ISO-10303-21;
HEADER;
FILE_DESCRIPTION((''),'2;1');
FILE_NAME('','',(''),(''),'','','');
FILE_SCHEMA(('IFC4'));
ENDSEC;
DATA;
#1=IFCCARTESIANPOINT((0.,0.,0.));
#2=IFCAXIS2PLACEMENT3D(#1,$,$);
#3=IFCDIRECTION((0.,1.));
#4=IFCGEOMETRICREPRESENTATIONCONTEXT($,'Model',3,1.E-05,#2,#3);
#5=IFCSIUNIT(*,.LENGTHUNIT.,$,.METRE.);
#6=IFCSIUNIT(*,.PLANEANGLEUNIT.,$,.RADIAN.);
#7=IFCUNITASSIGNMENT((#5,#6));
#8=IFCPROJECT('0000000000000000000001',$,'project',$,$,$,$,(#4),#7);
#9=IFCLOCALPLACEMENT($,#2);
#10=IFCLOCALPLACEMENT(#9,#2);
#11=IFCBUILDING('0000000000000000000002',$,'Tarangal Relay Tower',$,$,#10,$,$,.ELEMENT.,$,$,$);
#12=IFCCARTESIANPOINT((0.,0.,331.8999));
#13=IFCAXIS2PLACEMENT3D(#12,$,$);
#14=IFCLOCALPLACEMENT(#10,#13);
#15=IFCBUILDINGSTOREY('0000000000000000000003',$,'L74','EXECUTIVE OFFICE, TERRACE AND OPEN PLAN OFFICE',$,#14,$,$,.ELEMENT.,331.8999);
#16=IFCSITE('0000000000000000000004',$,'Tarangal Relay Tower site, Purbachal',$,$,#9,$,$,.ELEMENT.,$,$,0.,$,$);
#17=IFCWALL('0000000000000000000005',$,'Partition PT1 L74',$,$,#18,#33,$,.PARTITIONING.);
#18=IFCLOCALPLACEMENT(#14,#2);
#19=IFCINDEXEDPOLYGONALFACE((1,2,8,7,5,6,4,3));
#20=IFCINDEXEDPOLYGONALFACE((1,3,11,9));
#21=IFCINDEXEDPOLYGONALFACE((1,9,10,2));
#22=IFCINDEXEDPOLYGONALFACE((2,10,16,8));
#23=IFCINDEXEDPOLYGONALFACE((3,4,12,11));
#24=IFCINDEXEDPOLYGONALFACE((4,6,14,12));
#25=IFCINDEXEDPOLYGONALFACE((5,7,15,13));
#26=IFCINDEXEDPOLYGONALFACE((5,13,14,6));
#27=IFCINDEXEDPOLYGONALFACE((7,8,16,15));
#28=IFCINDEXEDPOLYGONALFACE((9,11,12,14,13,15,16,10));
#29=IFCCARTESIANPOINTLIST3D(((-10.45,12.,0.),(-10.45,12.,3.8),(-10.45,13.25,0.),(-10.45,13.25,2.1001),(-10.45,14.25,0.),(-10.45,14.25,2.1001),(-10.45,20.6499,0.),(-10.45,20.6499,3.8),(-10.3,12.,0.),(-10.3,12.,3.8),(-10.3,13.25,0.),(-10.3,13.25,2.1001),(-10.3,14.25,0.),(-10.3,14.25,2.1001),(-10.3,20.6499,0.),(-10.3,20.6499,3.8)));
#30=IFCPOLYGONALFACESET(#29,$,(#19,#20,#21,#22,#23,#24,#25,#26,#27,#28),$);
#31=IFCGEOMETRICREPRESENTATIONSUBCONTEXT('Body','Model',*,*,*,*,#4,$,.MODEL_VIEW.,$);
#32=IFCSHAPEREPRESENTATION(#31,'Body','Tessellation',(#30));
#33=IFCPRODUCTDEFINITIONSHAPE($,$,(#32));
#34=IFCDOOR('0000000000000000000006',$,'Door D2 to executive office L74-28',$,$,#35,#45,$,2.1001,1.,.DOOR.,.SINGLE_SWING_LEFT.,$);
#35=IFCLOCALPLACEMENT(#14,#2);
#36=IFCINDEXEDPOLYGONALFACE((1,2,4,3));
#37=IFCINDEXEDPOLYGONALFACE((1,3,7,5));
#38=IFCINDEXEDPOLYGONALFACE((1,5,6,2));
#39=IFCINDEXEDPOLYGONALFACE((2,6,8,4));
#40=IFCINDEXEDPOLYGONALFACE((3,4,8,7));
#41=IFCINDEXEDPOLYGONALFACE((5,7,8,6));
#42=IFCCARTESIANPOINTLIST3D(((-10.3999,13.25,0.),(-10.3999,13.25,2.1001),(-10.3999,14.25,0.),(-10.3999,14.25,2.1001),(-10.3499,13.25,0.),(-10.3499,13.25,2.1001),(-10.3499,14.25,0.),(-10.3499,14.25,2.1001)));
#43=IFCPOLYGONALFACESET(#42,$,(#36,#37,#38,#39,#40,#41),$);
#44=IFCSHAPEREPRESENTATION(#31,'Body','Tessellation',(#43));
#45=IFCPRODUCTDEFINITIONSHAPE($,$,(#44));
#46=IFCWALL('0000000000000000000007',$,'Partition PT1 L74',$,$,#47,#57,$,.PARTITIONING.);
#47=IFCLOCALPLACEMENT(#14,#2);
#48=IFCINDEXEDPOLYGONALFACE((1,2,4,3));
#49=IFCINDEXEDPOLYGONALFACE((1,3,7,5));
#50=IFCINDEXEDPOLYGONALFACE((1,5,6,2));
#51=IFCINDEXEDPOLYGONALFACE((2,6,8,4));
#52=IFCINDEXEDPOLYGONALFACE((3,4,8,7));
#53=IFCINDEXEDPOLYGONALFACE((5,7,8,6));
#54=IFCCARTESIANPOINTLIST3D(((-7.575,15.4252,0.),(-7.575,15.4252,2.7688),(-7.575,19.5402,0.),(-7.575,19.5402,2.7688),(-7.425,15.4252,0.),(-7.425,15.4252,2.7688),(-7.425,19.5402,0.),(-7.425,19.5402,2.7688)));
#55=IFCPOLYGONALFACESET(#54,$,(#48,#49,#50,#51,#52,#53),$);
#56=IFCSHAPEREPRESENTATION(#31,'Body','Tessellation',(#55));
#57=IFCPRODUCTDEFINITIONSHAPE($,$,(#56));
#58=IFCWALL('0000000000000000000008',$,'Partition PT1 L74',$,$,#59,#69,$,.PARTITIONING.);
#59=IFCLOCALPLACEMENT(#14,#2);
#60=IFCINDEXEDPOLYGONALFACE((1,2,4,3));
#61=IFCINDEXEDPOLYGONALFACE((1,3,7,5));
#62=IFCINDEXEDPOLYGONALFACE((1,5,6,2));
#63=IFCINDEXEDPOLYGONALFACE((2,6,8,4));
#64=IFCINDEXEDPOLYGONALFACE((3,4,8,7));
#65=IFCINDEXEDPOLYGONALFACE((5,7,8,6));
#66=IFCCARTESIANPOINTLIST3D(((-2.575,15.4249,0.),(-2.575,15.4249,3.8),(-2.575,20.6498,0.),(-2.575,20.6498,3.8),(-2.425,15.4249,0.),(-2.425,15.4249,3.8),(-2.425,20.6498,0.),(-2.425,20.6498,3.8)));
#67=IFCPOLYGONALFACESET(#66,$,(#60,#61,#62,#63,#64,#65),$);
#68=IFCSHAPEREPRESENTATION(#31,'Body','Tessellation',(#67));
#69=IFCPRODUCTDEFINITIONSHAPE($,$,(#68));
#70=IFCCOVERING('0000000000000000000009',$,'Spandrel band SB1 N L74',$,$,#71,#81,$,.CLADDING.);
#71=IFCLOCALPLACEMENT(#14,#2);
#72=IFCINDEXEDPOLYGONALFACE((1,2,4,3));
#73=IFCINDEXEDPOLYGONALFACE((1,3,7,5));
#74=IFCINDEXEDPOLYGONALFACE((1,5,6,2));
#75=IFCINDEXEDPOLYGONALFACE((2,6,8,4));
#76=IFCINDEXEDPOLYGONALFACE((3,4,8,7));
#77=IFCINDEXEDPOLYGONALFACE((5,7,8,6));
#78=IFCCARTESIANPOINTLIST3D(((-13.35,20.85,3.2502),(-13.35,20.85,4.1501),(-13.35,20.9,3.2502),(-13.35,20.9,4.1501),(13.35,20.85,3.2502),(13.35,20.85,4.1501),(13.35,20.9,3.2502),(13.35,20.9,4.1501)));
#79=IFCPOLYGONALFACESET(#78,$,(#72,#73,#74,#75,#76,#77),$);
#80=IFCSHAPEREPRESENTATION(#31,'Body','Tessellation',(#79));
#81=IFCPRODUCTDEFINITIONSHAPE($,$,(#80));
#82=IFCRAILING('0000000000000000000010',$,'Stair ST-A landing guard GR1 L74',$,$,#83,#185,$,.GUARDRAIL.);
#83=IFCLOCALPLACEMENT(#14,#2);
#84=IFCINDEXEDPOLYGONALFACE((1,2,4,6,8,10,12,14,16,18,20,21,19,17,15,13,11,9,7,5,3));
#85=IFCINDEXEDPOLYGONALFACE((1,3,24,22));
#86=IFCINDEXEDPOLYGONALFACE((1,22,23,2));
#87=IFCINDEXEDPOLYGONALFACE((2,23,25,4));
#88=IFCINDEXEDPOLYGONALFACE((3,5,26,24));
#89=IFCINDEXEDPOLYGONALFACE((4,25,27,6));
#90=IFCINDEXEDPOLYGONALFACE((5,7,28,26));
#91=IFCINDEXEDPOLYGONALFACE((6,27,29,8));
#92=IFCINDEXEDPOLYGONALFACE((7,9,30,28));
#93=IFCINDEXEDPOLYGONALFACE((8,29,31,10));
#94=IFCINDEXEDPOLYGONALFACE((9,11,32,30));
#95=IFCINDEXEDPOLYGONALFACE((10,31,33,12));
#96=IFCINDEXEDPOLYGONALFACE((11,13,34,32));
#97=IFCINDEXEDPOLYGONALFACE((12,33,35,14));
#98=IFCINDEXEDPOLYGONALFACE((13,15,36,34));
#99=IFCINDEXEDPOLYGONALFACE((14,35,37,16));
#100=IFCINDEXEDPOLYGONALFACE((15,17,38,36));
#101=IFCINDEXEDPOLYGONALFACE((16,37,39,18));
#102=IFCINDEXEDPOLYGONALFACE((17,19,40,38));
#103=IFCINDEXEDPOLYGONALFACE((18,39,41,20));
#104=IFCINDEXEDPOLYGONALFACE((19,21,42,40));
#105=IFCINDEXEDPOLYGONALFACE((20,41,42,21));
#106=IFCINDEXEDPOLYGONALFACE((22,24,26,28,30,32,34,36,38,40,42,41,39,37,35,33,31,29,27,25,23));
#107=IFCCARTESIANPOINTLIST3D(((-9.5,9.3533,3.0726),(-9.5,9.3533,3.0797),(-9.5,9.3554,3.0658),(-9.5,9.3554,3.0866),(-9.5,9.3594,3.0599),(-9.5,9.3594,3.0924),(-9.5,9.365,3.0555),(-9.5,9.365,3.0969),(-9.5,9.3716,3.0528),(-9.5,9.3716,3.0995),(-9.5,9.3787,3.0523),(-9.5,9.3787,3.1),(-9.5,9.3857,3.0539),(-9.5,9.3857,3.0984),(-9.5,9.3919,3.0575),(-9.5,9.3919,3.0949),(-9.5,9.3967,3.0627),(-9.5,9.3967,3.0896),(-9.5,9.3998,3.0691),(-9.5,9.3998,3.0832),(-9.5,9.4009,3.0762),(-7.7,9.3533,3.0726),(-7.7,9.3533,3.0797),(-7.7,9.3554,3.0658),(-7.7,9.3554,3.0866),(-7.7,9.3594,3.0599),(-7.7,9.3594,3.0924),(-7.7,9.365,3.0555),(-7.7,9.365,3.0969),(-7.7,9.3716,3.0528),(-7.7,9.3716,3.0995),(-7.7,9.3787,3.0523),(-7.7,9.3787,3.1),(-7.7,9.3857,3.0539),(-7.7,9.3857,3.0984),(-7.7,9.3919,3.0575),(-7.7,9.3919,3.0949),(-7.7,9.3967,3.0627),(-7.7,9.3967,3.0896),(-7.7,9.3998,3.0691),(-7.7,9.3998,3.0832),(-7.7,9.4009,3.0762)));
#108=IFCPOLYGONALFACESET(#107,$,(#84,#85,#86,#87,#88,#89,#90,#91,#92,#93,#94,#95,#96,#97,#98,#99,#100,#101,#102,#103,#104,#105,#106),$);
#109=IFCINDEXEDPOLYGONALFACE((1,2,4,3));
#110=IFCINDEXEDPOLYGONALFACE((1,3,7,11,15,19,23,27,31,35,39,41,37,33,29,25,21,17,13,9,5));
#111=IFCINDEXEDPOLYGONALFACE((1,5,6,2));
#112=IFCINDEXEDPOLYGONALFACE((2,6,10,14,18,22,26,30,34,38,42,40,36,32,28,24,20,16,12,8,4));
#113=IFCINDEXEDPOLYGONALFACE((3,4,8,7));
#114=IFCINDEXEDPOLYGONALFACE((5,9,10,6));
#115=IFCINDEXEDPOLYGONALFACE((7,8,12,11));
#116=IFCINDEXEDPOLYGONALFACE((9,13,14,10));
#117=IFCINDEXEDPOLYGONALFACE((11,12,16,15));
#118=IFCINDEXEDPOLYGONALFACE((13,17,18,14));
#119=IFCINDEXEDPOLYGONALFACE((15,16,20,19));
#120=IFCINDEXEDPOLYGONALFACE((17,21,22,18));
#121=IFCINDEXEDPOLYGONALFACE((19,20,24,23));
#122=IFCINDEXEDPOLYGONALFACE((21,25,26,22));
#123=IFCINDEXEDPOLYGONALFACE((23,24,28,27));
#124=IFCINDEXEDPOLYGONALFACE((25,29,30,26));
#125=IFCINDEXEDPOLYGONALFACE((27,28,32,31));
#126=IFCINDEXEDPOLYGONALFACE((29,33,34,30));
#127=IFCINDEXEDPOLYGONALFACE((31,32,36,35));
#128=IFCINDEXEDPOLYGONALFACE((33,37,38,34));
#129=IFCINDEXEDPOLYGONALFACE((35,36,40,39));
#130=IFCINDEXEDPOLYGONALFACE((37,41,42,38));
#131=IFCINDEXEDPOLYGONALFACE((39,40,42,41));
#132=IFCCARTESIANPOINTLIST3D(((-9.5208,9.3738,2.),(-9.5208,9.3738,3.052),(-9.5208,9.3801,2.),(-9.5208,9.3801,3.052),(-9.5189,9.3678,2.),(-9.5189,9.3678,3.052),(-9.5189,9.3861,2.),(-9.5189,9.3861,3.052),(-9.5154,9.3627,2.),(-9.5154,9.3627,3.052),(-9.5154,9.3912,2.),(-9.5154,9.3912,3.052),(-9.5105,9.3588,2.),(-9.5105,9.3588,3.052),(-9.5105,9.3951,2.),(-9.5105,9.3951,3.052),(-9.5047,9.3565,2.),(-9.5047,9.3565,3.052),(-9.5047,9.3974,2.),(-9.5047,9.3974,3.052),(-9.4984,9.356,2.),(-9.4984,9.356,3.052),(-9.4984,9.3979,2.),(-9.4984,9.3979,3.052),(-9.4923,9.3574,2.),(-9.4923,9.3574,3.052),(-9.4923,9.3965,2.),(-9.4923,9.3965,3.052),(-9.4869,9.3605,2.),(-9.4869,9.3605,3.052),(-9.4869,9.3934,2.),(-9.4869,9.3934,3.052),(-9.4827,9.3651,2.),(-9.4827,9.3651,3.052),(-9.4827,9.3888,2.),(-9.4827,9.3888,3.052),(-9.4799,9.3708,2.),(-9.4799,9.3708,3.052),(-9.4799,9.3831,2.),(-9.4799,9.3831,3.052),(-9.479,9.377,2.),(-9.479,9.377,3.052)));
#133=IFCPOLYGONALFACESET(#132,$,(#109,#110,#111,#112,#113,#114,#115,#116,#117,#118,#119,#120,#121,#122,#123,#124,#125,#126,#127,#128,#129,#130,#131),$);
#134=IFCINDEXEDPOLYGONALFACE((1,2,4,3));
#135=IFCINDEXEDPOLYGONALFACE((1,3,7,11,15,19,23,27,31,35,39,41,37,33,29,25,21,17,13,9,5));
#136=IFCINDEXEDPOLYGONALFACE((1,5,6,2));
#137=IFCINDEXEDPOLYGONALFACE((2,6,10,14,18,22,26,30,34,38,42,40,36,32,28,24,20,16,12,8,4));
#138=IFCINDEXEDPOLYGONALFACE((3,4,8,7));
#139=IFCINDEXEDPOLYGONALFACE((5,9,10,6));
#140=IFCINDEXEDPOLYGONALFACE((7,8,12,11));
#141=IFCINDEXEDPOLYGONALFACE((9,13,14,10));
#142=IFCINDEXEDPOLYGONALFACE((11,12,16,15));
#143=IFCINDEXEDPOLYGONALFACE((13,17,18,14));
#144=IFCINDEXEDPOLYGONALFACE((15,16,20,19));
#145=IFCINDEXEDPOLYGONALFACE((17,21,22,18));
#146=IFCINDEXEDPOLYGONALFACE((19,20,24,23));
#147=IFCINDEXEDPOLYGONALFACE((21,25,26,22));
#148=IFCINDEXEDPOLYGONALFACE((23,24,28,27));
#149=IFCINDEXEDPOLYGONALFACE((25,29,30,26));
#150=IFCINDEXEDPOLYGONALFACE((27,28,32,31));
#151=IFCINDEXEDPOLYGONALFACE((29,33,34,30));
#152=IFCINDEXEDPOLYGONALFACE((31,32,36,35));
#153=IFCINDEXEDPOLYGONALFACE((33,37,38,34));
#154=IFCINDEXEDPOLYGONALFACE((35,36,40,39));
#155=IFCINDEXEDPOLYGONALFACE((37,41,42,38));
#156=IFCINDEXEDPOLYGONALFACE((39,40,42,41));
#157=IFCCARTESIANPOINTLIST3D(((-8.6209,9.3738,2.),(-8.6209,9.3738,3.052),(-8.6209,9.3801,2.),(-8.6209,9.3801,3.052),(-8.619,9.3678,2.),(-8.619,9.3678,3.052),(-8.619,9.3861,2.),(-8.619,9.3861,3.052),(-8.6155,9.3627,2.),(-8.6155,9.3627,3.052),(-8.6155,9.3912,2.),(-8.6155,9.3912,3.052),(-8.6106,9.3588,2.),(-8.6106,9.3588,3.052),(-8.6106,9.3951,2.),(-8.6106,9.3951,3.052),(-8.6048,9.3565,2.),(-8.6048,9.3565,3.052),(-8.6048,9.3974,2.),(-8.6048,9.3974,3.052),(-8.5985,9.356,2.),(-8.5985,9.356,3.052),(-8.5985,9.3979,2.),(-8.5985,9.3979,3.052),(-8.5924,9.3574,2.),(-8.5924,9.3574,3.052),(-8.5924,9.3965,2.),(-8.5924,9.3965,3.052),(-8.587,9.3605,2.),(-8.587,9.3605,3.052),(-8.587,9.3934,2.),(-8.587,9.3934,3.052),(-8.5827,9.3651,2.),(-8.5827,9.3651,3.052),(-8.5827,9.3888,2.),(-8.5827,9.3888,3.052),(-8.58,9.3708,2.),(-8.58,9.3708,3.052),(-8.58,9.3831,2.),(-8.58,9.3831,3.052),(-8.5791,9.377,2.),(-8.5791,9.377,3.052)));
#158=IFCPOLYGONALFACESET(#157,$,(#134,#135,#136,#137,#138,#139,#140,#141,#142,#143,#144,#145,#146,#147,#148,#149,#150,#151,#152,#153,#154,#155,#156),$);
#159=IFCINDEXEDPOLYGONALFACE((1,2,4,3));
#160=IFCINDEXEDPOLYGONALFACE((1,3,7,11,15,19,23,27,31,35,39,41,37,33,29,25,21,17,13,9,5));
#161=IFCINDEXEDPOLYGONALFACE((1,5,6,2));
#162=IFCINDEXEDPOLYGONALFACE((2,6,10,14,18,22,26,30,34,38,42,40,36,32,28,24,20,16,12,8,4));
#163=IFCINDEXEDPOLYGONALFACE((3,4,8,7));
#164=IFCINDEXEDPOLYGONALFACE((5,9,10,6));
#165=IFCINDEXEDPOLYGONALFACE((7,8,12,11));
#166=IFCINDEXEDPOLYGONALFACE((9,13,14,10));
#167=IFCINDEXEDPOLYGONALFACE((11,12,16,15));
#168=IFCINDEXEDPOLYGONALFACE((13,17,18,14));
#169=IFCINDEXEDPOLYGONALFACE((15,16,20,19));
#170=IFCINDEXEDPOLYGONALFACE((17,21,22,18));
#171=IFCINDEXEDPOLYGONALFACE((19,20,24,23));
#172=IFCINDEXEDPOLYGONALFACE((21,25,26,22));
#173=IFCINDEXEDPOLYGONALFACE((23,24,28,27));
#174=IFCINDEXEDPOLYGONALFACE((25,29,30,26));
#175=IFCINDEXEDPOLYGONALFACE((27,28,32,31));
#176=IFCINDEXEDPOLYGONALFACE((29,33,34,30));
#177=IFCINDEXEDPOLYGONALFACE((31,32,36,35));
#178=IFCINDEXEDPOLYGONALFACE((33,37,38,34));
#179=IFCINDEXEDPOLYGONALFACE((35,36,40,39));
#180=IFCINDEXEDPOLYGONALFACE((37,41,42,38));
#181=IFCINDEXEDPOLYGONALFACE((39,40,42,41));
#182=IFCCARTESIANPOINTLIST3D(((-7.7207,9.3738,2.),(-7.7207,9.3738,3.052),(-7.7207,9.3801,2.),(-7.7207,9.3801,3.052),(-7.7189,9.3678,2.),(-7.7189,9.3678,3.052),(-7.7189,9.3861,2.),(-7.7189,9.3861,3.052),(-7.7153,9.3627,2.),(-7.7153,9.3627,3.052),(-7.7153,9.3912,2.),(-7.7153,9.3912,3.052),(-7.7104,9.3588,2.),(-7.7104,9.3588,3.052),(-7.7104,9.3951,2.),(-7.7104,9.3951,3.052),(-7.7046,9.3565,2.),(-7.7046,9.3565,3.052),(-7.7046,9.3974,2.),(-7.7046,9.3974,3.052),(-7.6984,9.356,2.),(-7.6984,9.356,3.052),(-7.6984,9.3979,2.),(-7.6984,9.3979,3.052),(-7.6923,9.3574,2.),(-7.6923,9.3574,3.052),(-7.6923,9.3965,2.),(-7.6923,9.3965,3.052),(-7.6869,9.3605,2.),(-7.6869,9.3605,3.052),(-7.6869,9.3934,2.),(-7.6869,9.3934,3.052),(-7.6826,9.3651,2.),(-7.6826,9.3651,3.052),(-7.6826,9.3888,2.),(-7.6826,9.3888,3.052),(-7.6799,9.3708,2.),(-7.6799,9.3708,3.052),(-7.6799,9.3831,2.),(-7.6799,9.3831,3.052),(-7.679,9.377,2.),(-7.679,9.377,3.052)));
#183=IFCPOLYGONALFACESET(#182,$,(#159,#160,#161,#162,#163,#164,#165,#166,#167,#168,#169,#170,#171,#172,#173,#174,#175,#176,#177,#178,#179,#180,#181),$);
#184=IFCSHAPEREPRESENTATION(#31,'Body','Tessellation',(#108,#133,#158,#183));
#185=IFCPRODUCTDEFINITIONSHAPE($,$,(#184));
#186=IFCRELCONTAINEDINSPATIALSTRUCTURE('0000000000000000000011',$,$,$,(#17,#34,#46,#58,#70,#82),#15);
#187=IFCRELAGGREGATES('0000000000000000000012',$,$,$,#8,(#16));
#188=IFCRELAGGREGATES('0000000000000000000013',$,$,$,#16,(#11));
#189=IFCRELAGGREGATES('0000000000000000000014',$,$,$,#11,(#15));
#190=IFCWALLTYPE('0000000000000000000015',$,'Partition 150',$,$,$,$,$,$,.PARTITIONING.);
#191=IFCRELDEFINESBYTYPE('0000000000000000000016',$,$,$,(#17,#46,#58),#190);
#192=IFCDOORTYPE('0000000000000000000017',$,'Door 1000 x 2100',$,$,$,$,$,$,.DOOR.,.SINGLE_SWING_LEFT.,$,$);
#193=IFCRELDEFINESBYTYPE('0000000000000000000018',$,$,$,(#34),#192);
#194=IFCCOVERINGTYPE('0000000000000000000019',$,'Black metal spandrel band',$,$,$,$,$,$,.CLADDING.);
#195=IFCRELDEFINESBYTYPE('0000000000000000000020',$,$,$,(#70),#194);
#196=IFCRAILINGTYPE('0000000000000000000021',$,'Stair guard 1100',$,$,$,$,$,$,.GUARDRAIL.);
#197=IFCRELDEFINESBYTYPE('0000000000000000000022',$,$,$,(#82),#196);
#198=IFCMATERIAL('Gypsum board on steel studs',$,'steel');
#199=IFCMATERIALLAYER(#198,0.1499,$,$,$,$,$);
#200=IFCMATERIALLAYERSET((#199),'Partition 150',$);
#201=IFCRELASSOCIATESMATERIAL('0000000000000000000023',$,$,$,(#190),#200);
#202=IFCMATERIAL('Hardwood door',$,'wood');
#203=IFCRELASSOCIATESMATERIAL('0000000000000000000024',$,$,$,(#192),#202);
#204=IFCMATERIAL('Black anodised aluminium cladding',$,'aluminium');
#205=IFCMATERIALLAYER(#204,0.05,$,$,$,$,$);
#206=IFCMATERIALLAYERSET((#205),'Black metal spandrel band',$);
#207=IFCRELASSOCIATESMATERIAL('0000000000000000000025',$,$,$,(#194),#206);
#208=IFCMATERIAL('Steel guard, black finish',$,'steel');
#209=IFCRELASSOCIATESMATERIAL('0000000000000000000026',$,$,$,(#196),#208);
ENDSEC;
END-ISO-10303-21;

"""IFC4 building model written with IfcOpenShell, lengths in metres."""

from ifc_helpers import new_model, si_unit, direction, frame, frame_2d, origin, origin_2d, place, context, subcontext, project, spatial, rectangle, circle, extrude, material, layer, layer_set, type_object, element, fill, save


model = new_model("IFC4")

# Units and contexts
model_context = context("Model", 3, precision=1e-05, world=origin(), true_north=direction((0.0, 1.0)))
body_context = subcontext(model_context, "Body", "Model", "MODEL_VIEW")
ifc_project = project(units=[si_unit("LENGTHUNIT", "METRE"), si_unit("PLANEANGLEUNIT", "RADIAN")], contexts=[model_context])

# Site, building, storey
site_placement = place(None, origin())
site = spatial("IfcSite", under=ifc_project, at=site_placement, Name="Tarangal Relay Tower site, Purbachal", CompositionType="ELEMENT", RefElevation=0.0)
building_placement = place(site_placement, origin())
building = spatial("IfcBuilding", under=site, at=building_placement, Name="Tarangal Relay Tower", CompositionType="ELEMENT")
storey_placement = place(building_placement, frame((0.0, 0.0, 331.8999)))
storey = spatial("IfcBuildingStorey", under=building, at=storey_placement, Name="L74", Description="EXECUTIVE OFFICE, TERRACE AND OPEN PLAN OFFICE", CompositionType="ELEMENT", Elevation=331.8999)

# Wall, opening, door
ifc_material_1 = material(Name="Gypsum board on steel studs", Category="steel")
ifc_layer_1 = layer(ifc_material_1, 0.1499)
ifc_layer_set_1 = layer_set([ifc_layer_1], Name="Partition 150")
wall_type_1 = type_object("IfcWallType", Name="Partition 150", PredefinedType="PARTITIONING", material=ifc_layer_set_1)
wall_1_placement = place(storey_placement, frame((-10.375, 12.0, 0.0), z_axis=(0.0, 0.0, 1.0), x_axis=(0.0, 1.0, 0.0)))
wall_1 = element("IfcWall", 1, at=wall_1_placement, inside=storey, type_object=wall_type_1, Name="Partition PT1 L74", PredefinedType="PARTITIONING", context=body_context, shape_type="SweptSolid", body=[
    extrude(rectangle(XDim=8.6499, YDim=0.1499, at=frame_2d((4.325, 0.0))), origin(), (0.0, 0.0, 1.0), 3.8),
])
opening_placement = place(wall_1_placement, frame((1.25, 0.0, 0.0)))
opening = element("IfcOpeningElement", 2, at=opening_placement, cuts=wall_1, PredefinedType="OPENING", context=body_context, shape_type="SweptSolid", body=[
    extrude(rectangle(XDim=1.0, YDim=2.1001, at=frame_2d((0.5, 1.05))), frame((0.0, 0.085, 0.0), z_axis=(0.0, -1.0, 0.0), x_axis=(1.0, 0.0, 0.0)), (0.0, 0.0, 1.0), 0.1699),
])
ifc_material_2 = material(Name="Hardwood door", Category="wood")
door_type = type_object("IfcDoorType", Name="Door 1000 x 2100", OperationType="SINGLE_SWING_LEFT", PredefinedType="DOOR", material=ifc_material_2)
door_placement = place(opening_placement, origin())
door = element("IfcDoor", 3, at=door_placement, inside=storey, type_object=door_type, Name="Door D2 to executive office L74-28", OperationType="SINGLE_SWING_LEFT", OverallHeight=2.1001, OverallWidth=1.0, PredefinedType="DOOR", context=body_context, shape_type="SweptSolid", body=[
    extrude(rectangle(XDim=1.0, YDim=2.1001, at=frame_2d((0.5, 1.05))), frame((0.0, 0.0249, 0.0), z_axis=(0.0, -1.0, 0.0), x_axis=(1.0, 0.0, 0.0)), (0.0, 0.0, 1.0), 0.05),
])
fill(opening, door)

# Walls
wall_2_placement = place(storey_placement, frame((-7.5, 15.425, 0.0), z_axis=(0.0, 0.0, 1.0), x_axis=(0.0, 1.0, 0.0)))
element("IfcWall", 4, at=wall_2_placement, inside=storey, type_object=wall_type_1, Name="Partition PT1 L74", PredefinedType="PARTITIONING", context=body_context, shape_type="SweptSolid", body=[
    extrude(rectangle(XDim=4.115, YDim=0.1499, at=frame_2d((2.0576, 0.0))), origin(), (0.0, 0.0, 1.0), 2.7688),
])
wall_3_placement = place(storey_placement, frame((-2.5, 15.425, 0.0), z_axis=(0.0, 0.0, 1.0), x_axis=(0.0, 1.0, 0.0)))
element("IfcWall", 5, at=wall_3_placement, inside=storey, type_object=wall_type_1, Name="Partition PT1 L74", PredefinedType="PARTITIONING", context=body_context, shape_type="SweptSolid", body=[
    extrude(rectangle(XDim=5.2249, YDim=0.1499, at=frame_2d((2.6123, 0.0))), origin(), (0.0, 0.0, 1.0), 3.8),
])

# Covering
ifc_material_3 = material(Name="Black anodised aluminium cladding", Category="aluminium")
ifc_layer_2 = layer(ifc_material_3, 0.05)
ifc_layer_set_2 = layer_set([ifc_layer_2], Name="Black metal spandrel band")
covering_type = type_object("IfcCoveringType", Name="Black metal spandrel band", PredefinedType="CLADDING", material=ifc_layer_set_2)
covering_placement = place(storey_placement, frame((0.0, 20.875, 3.2502), z_axis=(0.0, 0.0, 1.0), x_axis=(1.0, 0.0, 0.0)))
element("IfcCovering", 6, at=covering_placement, inside=storey, type_object=covering_type, Name="Spandrel band SB1 N L74", PredefinedType="CLADDING", context=body_context, shape_type="SweptSolid", body=[
    extrude(rectangle(XDim=26.7, YDim=0.05, at=origin_2d()), origin(), (0.0, 0.0, 1.0), 0.8999),
])

# Railing
ifc_material_4 = material(Name="Steel guard, black finish", Category="steel")
railing_type = type_object("IfcRailingType", Name="Stair guard 1100", PredefinedType="GUARDRAIL", material=ifc_material_4)
railing_placement = place(storey_placement, frame((-9.5, 9.377, 2.0)))
element("IfcRailing", 7, at=railing_placement, inside=storey, type_object=railing_type, Name="Stair ST-A landing guard GR1 L74", PredefinedType="GUARDRAIL", context=body_context, shape_type="SweptSolid", body=[
    extrude(circle(Radius=0.0239, at=origin_2d()), frame((0.0, 0.0, 1.0762), z_axis=(1.0, 0.0, 0.0), x_axis=(0.0, 1.0, 0.0)), (0.0, 0.0, 1.0), 1.8),
    extrude(circle(Radius=0.021, at=origin_2d()), origin(), (0.0, 0.0, 1.0), 1.052),
    extrude(circle(Radius=0.021, at=origin_2d()), frame((0.8999, 0.0, 0.0)), (0.0, 0.0, 1.0), 1.052),
    extrude(circle(Radius=0.021, at=origin_2d()), frame((1.8, 0.0, 0.0)), (0.0, 0.0, 1.0), 1.052),
])

save(model, "model.ifc")
